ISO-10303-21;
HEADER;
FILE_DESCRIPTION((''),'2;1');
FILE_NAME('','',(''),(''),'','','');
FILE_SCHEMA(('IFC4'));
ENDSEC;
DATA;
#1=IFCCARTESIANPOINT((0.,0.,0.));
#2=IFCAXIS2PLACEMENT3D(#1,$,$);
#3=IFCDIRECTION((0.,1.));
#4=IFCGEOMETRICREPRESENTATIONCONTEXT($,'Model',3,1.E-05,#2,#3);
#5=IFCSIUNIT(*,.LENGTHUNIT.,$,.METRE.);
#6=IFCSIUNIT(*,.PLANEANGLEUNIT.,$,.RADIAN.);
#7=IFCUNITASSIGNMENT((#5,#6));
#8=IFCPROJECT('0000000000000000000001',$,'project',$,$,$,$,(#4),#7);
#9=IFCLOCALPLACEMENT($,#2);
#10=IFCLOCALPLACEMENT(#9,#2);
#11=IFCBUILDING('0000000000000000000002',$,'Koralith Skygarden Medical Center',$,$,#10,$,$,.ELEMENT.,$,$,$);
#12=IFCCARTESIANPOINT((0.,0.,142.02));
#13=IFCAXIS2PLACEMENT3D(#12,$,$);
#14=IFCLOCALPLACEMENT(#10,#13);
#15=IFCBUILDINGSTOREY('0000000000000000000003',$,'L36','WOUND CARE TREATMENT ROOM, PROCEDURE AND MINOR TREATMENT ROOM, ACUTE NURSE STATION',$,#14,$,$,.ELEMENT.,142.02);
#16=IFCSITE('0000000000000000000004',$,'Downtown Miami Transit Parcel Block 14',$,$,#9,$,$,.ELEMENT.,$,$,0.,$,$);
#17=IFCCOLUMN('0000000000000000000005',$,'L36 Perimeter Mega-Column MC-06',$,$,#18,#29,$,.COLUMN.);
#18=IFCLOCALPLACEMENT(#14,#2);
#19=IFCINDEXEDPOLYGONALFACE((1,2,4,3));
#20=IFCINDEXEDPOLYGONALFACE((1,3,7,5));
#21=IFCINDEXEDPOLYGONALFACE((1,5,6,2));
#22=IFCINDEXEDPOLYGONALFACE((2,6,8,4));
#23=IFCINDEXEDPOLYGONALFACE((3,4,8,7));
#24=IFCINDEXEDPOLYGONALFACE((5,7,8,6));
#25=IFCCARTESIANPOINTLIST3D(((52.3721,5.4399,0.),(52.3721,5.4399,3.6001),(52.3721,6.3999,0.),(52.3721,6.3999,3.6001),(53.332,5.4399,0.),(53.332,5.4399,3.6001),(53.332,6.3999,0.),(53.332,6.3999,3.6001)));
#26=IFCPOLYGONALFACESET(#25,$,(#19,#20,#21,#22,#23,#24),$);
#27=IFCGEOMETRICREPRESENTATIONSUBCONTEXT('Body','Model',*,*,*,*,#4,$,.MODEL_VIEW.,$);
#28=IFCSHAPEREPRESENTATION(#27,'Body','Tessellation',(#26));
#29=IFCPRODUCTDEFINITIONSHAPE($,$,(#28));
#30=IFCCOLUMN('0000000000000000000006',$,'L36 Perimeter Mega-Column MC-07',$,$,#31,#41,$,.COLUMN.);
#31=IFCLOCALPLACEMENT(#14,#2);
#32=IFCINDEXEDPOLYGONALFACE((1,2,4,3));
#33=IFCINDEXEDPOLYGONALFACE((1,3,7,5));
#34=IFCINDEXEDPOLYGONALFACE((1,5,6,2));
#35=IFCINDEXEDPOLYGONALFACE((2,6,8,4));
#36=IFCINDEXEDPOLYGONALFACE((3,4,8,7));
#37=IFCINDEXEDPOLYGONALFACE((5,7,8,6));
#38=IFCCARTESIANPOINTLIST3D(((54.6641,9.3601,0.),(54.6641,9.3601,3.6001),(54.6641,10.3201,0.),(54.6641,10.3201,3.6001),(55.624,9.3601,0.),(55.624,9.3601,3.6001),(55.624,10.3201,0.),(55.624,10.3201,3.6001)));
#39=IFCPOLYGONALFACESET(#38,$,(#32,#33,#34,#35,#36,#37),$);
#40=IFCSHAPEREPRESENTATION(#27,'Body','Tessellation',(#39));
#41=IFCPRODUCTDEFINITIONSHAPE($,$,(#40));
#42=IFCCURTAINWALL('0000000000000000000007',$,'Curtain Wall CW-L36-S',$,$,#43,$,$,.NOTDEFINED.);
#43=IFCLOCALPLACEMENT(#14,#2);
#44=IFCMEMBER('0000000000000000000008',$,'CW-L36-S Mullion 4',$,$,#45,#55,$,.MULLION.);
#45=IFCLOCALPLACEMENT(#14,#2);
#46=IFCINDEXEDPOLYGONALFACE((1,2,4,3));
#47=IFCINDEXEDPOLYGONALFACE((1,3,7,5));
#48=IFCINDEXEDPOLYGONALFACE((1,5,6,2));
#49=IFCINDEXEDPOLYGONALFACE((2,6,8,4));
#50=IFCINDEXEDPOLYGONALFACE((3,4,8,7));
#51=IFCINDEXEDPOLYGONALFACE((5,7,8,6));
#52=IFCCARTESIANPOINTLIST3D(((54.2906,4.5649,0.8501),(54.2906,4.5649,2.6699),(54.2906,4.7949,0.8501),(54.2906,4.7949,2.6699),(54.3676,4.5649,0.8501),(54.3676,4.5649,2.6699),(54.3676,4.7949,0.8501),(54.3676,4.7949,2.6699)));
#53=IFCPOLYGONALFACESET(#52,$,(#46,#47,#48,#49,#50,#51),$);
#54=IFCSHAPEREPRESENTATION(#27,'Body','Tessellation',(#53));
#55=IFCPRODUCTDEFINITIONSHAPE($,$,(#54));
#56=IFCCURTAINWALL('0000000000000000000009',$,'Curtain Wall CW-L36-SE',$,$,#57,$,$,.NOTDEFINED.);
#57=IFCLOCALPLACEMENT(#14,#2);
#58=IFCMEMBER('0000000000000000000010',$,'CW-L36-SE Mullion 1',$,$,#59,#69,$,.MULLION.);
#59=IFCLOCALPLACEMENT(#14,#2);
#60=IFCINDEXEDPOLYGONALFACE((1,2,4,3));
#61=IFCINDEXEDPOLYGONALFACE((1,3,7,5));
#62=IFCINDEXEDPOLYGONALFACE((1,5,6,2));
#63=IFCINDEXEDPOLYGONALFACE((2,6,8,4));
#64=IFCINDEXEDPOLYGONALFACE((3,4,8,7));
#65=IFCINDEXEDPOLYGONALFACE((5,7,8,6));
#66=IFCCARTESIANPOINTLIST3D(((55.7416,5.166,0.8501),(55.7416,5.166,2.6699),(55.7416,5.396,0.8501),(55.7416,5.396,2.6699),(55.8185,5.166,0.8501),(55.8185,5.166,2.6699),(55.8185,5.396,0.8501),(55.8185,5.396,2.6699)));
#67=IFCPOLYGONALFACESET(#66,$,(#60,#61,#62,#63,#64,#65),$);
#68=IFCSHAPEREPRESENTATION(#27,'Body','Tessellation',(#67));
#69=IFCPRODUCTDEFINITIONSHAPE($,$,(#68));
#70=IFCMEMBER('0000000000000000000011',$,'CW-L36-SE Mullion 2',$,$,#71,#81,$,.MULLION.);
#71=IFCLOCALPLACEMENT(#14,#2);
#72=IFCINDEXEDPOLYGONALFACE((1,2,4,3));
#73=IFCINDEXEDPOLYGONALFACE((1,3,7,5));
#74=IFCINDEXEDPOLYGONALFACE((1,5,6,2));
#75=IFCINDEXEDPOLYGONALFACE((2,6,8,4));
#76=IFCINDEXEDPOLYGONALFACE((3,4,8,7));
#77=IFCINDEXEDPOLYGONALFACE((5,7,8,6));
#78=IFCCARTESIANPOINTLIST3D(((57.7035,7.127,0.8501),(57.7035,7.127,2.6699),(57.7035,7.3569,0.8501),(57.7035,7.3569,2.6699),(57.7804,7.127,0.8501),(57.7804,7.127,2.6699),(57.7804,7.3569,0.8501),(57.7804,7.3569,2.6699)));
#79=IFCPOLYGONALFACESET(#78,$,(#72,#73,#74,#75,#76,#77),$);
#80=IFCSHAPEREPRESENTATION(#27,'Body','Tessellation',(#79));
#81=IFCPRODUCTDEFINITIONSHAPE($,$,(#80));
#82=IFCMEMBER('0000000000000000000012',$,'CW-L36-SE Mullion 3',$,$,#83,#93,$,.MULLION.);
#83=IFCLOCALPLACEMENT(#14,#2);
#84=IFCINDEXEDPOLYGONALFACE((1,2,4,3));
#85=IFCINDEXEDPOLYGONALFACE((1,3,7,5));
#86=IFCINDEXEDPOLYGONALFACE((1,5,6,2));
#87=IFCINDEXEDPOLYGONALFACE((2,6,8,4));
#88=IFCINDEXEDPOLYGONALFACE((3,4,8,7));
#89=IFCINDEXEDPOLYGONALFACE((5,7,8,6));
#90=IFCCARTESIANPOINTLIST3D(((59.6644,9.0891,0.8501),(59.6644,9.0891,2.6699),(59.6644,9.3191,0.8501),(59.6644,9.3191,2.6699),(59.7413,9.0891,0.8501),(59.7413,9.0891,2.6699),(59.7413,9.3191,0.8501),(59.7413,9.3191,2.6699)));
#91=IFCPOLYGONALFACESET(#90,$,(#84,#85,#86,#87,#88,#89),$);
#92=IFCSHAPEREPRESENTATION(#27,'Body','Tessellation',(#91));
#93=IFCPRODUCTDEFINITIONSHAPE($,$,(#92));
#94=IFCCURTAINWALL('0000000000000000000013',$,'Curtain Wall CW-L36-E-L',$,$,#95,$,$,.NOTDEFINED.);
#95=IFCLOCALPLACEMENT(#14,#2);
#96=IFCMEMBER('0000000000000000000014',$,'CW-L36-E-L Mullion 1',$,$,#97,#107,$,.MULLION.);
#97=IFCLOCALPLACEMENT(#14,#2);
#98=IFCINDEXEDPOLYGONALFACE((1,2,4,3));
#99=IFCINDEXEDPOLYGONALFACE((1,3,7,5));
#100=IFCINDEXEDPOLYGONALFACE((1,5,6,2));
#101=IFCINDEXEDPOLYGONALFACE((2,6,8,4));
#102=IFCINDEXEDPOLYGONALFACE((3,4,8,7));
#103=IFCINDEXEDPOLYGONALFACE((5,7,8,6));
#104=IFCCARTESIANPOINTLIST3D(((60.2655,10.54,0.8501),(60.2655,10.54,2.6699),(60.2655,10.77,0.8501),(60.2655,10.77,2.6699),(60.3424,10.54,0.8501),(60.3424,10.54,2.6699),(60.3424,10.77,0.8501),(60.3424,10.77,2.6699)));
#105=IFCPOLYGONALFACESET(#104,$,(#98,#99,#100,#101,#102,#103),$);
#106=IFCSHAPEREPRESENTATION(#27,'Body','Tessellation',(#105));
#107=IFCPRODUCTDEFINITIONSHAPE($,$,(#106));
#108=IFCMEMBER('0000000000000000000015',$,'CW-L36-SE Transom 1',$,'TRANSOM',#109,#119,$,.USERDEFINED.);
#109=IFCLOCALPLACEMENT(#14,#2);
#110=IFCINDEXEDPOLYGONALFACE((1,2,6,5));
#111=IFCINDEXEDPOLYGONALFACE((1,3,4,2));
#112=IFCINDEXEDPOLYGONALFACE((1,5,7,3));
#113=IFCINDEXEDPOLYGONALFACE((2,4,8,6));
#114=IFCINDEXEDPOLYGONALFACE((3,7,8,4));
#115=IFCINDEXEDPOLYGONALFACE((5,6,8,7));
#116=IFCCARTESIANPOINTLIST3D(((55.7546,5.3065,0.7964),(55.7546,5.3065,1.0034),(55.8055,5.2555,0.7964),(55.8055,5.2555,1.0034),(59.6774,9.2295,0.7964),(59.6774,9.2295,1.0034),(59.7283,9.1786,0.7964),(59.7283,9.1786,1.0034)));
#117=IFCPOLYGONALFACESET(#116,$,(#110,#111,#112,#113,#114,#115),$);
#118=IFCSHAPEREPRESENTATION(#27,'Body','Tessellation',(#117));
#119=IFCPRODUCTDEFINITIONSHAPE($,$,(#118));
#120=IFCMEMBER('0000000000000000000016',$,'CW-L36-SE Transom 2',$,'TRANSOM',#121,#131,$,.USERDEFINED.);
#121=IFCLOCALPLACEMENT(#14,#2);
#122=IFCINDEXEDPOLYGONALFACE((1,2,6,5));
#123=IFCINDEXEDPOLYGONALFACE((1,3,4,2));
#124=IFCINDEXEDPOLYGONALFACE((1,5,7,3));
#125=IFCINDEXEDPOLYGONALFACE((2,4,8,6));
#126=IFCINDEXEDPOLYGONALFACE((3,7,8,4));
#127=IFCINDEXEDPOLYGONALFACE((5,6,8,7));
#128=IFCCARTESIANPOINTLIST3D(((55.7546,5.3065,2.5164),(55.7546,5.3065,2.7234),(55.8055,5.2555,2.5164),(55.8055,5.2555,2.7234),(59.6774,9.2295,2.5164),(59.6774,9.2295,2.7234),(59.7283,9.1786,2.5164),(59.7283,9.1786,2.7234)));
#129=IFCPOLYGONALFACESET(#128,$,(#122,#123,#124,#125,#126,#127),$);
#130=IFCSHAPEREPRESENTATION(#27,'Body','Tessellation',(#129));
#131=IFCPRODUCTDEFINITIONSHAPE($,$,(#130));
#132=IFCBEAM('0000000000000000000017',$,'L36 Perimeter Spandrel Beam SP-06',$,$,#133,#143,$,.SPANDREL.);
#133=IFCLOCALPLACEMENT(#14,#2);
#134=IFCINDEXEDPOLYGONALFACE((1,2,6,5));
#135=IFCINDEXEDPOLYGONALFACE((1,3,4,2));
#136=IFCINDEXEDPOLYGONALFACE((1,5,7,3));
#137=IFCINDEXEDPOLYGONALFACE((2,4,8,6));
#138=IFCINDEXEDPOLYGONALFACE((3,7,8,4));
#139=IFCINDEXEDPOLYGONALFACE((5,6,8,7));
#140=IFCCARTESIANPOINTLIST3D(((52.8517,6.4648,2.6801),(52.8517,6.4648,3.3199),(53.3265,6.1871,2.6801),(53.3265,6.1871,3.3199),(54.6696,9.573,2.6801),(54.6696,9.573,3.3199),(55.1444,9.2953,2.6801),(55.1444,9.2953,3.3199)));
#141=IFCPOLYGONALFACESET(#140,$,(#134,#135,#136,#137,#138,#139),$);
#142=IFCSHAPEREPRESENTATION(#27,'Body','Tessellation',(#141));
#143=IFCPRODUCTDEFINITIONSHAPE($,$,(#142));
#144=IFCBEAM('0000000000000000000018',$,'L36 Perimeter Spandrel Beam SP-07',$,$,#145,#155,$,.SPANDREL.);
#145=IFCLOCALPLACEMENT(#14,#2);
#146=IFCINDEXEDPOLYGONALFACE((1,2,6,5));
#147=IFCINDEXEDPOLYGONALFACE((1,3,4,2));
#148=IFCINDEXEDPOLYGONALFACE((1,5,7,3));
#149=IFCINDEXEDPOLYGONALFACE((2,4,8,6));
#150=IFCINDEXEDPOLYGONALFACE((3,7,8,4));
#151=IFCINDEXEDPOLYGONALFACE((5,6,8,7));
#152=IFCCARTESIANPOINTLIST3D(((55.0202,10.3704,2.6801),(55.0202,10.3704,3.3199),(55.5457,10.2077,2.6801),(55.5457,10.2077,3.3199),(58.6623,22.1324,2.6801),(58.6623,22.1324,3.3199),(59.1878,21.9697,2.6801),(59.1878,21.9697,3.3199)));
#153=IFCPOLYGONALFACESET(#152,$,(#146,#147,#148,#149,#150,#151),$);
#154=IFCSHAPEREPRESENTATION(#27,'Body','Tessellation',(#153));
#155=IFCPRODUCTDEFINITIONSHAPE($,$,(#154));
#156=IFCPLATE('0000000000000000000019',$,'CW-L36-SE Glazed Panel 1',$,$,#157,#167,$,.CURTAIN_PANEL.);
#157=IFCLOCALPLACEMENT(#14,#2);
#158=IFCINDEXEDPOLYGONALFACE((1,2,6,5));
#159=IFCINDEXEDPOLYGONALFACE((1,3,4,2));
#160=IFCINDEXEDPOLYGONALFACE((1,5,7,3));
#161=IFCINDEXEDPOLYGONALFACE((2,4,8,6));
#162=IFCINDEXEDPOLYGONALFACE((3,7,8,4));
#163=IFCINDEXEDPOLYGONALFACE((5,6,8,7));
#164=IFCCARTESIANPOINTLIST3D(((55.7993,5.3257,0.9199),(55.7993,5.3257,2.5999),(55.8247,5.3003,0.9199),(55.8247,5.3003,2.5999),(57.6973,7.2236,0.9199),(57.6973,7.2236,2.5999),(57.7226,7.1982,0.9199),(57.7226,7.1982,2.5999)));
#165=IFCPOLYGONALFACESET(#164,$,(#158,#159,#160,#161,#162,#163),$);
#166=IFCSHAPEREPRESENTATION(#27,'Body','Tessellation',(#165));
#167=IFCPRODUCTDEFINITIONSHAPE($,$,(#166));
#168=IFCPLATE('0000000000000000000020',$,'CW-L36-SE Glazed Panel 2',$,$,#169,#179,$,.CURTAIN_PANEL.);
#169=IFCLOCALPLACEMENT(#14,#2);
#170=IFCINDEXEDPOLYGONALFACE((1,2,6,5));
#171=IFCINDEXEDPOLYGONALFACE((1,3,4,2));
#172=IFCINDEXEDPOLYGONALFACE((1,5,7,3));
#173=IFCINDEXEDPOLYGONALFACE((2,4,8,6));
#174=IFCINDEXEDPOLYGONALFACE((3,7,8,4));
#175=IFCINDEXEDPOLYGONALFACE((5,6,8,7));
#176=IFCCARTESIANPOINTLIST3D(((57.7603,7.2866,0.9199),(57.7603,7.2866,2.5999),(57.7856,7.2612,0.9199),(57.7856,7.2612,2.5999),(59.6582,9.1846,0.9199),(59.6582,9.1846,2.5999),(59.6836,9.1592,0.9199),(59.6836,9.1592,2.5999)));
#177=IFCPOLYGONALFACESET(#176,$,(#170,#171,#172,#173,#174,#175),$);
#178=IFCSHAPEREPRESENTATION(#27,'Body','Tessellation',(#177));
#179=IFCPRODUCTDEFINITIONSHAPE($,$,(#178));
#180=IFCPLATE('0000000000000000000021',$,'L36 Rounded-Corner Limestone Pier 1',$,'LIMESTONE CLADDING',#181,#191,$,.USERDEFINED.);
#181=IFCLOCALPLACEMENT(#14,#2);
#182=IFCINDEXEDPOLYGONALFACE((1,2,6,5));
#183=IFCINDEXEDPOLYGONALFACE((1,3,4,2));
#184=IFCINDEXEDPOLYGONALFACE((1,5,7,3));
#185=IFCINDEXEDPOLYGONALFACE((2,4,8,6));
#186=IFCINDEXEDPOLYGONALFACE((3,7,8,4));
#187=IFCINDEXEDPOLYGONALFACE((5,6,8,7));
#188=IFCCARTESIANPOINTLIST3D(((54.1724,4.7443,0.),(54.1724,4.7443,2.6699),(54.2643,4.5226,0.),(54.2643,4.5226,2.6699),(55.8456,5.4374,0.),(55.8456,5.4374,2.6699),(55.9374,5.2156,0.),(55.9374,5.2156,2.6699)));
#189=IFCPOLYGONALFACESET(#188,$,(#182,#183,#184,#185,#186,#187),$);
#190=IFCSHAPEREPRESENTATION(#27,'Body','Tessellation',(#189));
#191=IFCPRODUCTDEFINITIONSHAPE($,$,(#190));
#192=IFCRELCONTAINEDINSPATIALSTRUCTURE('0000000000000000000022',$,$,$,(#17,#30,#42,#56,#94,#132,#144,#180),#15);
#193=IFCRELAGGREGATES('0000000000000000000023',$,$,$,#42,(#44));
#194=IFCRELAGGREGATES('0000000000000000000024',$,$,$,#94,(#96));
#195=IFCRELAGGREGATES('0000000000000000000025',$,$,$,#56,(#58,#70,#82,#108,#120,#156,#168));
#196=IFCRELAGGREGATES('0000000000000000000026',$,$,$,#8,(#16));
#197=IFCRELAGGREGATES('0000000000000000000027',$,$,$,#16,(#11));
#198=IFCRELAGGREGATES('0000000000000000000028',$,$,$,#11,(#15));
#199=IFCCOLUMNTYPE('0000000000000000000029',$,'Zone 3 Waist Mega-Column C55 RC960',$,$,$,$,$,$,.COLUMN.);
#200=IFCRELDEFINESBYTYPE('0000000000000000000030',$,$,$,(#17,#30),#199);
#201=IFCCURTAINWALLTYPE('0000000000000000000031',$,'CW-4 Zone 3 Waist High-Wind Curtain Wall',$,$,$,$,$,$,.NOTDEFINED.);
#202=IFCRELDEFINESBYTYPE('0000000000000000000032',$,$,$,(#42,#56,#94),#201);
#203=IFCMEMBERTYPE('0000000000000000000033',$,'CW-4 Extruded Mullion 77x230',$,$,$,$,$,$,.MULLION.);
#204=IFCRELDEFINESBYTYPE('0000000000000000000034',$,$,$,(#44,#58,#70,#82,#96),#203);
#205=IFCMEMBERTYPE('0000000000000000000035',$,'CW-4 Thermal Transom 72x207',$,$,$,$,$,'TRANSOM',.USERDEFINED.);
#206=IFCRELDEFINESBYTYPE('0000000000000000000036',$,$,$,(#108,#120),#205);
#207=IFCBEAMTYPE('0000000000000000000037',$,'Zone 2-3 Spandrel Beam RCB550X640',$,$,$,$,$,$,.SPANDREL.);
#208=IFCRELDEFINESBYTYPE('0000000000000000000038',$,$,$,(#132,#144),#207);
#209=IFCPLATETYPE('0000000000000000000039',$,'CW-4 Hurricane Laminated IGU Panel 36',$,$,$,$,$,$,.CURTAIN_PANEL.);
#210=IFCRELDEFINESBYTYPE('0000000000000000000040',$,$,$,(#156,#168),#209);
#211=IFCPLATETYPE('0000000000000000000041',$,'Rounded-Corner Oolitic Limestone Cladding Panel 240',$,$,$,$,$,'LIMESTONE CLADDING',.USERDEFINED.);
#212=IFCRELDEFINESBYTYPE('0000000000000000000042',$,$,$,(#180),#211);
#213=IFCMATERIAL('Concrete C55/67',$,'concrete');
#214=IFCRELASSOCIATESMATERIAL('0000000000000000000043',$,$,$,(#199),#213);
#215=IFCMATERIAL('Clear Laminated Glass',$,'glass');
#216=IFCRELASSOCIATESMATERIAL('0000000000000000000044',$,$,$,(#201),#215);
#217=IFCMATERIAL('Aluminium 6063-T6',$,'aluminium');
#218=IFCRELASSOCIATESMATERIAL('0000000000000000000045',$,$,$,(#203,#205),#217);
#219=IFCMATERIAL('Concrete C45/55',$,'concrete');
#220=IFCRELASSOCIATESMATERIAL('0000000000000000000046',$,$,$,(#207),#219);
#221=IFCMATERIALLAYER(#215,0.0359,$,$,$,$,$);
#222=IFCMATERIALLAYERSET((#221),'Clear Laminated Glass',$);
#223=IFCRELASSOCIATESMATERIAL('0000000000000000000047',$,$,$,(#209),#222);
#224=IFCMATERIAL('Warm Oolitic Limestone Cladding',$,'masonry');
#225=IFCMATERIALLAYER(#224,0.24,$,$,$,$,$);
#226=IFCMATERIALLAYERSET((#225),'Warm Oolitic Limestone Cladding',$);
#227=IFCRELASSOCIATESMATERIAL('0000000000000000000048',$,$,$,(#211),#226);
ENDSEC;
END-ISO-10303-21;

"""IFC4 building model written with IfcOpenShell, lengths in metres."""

from ifc_helpers import new_model, si_unit, direction, frame, origin, origin_2d, place, context, subcontext, project, spatial, rectangle, extrude, material, layer, layer_set, material_profile, profile_set, type_object, element, aggregate, save


model = new_model("IFC4")

# Units and contexts
model_context = context("Model", 3, precision=1e-05, world=origin(), true_north=direction((0.0, 1.0)))
body_context = subcontext(model_context, "Body", "Model", "MODEL_VIEW")
ifc_project = project(units=[si_unit("LENGTHUNIT", "METRE"), si_unit("PLANEANGLEUNIT", "RADIAN")], contexts=[model_context])

# Site, building, storey
site_placement = place(None, origin())
site = spatial("IfcSite", under=ifc_project, at=site_placement, Name="Downtown Miami Transit Parcel Block 14", CompositionType="ELEMENT", RefElevation=0.0)
building_placement = place(site_placement, origin())
building = spatial("IfcBuilding", under=site, at=building_placement, Name="Koralith Skygarden Medical Center", CompositionType="ELEMENT")
storey_placement = place(building_placement, frame((0.0, 0.0, 142.02)))
storey = spatial("IfcBuildingStorey", under=building, at=storey_placement, Name="L36", Description="WOUND CARE TREATMENT ROOM, PROCEDURE AND MINOR TREATMENT ROOM, ACUTE NURSE STATION", CompositionType="ELEMENT", Elevation=142.02)

# Columns
ifc_material_1 = material(Name="Concrete C55/67", Category="concrete")
ifc_material_profile_1 = material_profile(ifc_material_1, rectangle(XDim=0.96, YDim=0.96, at=origin_2d()), Name="RC960X960")
ifc_profile_set_1 = profile_set([ifc_material_profile_1], Name="Concrete C55/67")
column_type = type_object("IfcColumnType", Name="Zone 3 Waist Mega-Column C55 RC960", PredefinedType="COLUMN", material=ifc_profile_set_1)
for number, where, z_axis, x_axis, name in (
    (1, (52.8521, 5.9199, 0.0), (0.0, 0.0, 1.0), (1.0, 0.0, 0.0), "L36 Perimeter Mega-Column MC-06"),
    (2, (55.144, 9.8401, 0.0), (0.0, 0.0, 1.0), (1.0, 0.0, 0.0), "L36 Perimeter Mega-Column MC-07"),
):
    element("IfcColumn", number, at=place(storey_placement, frame(where, z_axis=z_axis, x_axis=x_axis)), inside=storey, type_object=column_type, Name=name, PredefinedType="COLUMN", context=body_context, shape_type="SweptSolid", body=[
        extrude(rectangle(XDim=0.96, YDim=0.96, at=origin_2d()), origin(), (0.0, 0.0, 1.0), 3.6001),
    ])

# Curtain wall, member
ifc_material_2 = material(Name="Clear Laminated Glass", Category="glass")
curtain_wall_type = type_object("IfcCurtainWallType", Name="CW-4 Zone 3 Waist High-Wind Curtain Wall", PredefinedType="NOTDEFINED", material=ifc_material_2)
curtain_wall_1_placement = place(storey_placement, origin())
curtain_wall_1 = element("IfcCurtainWall", 3, at=curtain_wall_1_placement, inside=storey, type_object=curtain_wall_type, Name="Curtain Wall CW-L36-S", PredefinedType="NOTDEFINED")
ifc_material_3 = material(Name="Aluminium 6063-T6", Category="aluminium")
ifc_material_profile_2 = material_profile(ifc_material_3, rectangle(XDim=0.0769, YDim=0.23, at=origin_2d()), Name="MUL77X230")
ifc_profile_set_2 = profile_set([ifc_material_profile_2], Name="Aluminium 6063-T6")
member_type_1 = type_object("IfcMemberType", Name="CW-4 Extruded Mullion 77x230", PredefinedType="MULLION", material=ifc_profile_set_2)
member_1_placement = place(storey_placement, frame((54.3291, 4.6799, 0.8501), z_axis=(0.0, 0.0, 1.0), x_axis=(1.0, 0.0, 0.0)))
member_1 = element("IfcMember", 4, at=member_1_placement, type_object=member_type_1, Name="CW-L36-S Mullion 4", PredefinedType="MULLION", context=body_context, shape_type="SweptSolid", body=[
    extrude(rectangle(XDim=0.0769, YDim=0.23, at=origin_2d()), origin(), (0.0, 0.0, 1.0), 1.8198),
])
aggregate(curtain_wall_1, [member_1])

# Curtain wall, members
curtain_wall_2_placement = place(storey_placement, origin())
curtain_wall_2 = element("IfcCurtainWall", 5, at=curtain_wall_2_placement, inside=storey, type_object=curtain_wall_type, Name="Curtain Wall CW-L36-SE", PredefinedType="NOTDEFINED")
member_2_placement = place(storey_placement, frame((55.78, 5.281, 0.8501), z_axis=(0.0, 0.0, 1.0), x_axis=(1.0, 0.0, 0.0)))
member_2 = element("IfcMember", 6, at=member_2_placement, type_object=member_type_1, Name="CW-L36-SE Mullion 1", PredefinedType="MULLION", context=body_context, shape_type="SweptSolid", body=[
    extrude(rectangle(XDim=0.0769, YDim=0.23, at=origin_2d()), origin(), (0.0, 0.0, 1.0), 1.8198),
])
member_3_placement = place(storey_placement, frame((57.7419, 7.2419, 0.8501), z_axis=(0.0, 0.0, 1.0), x_axis=(1.0, 0.0, 0.0)))
member_3 = element("IfcMember", 7, at=member_3_placement, type_object=member_type_1, Name="CW-L36-SE Mullion 2", PredefinedType="MULLION", context=body_context, shape_type="SweptSolid", body=[
    extrude(rectangle(XDim=0.0769, YDim=0.23, at=origin_2d()), origin(), (0.0, 0.0, 1.0), 1.8198),
])
member_4_placement = place(storey_placement, frame((59.7029, 9.2041, 0.8501), z_axis=(0.0, 0.0, 1.0), x_axis=(1.0, 0.0, 0.0)))
member_4 = element("IfcMember", 8, at=member_4_placement, type_object=member_type_1, Name="CW-L36-SE Mullion 3", PredefinedType="MULLION", context=body_context, shape_type="SweptSolid", body=[
    extrude(rectangle(XDim=0.0769, YDim=0.23, at=origin_2d()), origin(), (0.0, 0.0, 1.0), 1.8198),
])

# Curtain wall, member
curtain_wall_3_placement = place(storey_placement, origin())
curtain_wall_3 = element("IfcCurtainWall", 9, at=curtain_wall_3_placement, inside=storey, type_object=curtain_wall_type, Name="Curtain Wall CW-L36-E-L", PredefinedType="NOTDEFINED")
member_5_placement = place(storey_placement, frame((60.304, 10.655, 0.8501), z_axis=(0.0, 0.0, 1.0), x_axis=(1.0, 0.0, 0.0)))
member_5 = element("IfcMember", 10, at=member_5_placement, type_object=member_type_1, Name="CW-L36-E-L Mullion 1", PredefinedType="MULLION", context=body_context, shape_type="SweptSolid", body=[
    extrude(rectangle(XDim=0.0769, YDim=0.23, at=origin_2d()), origin(), (0.0, 0.0, 1.0), 1.8198),
])
aggregate(curtain_wall_3, [member_5])

# Members
ifc_material_profile_3 = material_profile(ifc_material_3, rectangle(XDim=0.072, YDim=0.207, at=origin_2d()), Name="TRN72X207")
ifc_profile_set_3 = profile_set([ifc_material_profile_3], Name="Aluminium 6063-T6")
member_type_2 = type_object("IfcMemberType", Name="CW-4 Thermal Transom 72x207", ElementType="TRANSOM", PredefinedType="USERDEFINED", material=ifc_profile_set_3)
member_6_placement = place(storey_placement, frame((55.78, 5.281, 0.8999), z_axis=(0.707085, 0.707129, 0.0), x_axis=(-0.707129, 0.707085, 0.0)))
member_6 = element("IfcMember", 11, at=member_6_placement, type_object=member_type_2, Name="CW-L36-SE Transom 1", ObjectType="TRANSOM", PredefinedType="USERDEFINED", context=body_context, shape_type="SweptSolid", body=[
    extrude(rectangle(XDim=0.072, YDim=0.207, at=origin_2d()), origin(), (0.0, 0.0, 1.0), 5.5479),
])
member_7_placement = place(storey_placement, frame((55.78, 5.281, 2.6199), z_axis=(0.707085, 0.707129, 0.0), x_axis=(-0.707129, 0.707085, 0.0)))
member_7 = element("IfcMember", 12, at=member_7_placement, type_object=member_type_2, Name="CW-L36-SE Transom 2", ObjectType="TRANSOM", PredefinedType="USERDEFINED", context=body_context, shape_type="SweptSolid", body=[
    extrude(rectangle(XDim=0.072, YDim=0.207, at=origin_2d()), origin(), (0.0, 0.0, 1.0), 5.5479),
])

# Beams
ifc_material_4 = material(Name="Concrete C45/55", Category="concrete")
ifc_material_profile_4 = material_profile(ifc_material_4, rectangle(XDim=0.55, YDim=0.6399, at=origin_2d()), Name="RCB550X640")
ifc_profile_set_4 = profile_set([ifc_material_profile_4], Name="Concrete C45/55")
beam_type = type_object("IfcBeamType", Name="Zone 2-3 Spandrel Beam RCB550X640", PredefinedType="SPANDREL", material=ifc_profile_set_4)
beam_1_placement = place(storey_placement, frame((53.0891, 6.3259, 3.0), z_axis=(0.504861, 0.8632, 0.0), x_axis=(-0.8632, 0.504861, 0.0)))
element("IfcBeam", 13, at=beam_1_placement, inside=storey, type_object=beam_type, Name="L36 Perimeter Spandrel Beam SP-06", PredefinedType="SPANDREL", context=body_context, shape_type="SweptSolid", body=[
    extrude(rectangle(XDim=0.55, YDim=0.6399, at=origin_2d()), origin(), (0.0, 0.0, 1.0), 3.6008),
])
beam_2_placement = place(storey_placement, frame((55.283, 10.2891, 3.0), z_axis=(0.295794, 0.955252, 0.0), x_axis=(-0.955252, 0.295794, 0.0)))
element("IfcBeam", 14, at=beam_2_placement, inside=storey, type_object=beam_type, Name="L36 Perimeter Spandrel Beam SP-07", PredefinedType="SPANDREL", context=body_context, shape_type="SweptSolid", body=[
    extrude(rectangle(XDim=0.55, YDim=0.6399, at=origin_2d()), origin(), (0.0, 0.0, 1.0), 12.313),
])

# Plates
ifc_layer_1 = layer(ifc_material_2, 0.0359)
ifc_layer_set_1 = layer_set([ifc_layer_1], Name="Clear Laminated Glass")
plate_type_1 = type_object("IfcPlateType", Name="CW-4 Hurricane Laminated IGU Panel 36", PredefinedType="CURTAIN_PANEL", material=ifc_layer_set_1)
plate_1_placement = place(storey_placement, frame((56.761, 6.262, 0.9199), z_axis=(0.0, 0.0, 1.0), x_axis=(0.707107, 0.707107, 0.0)))
plate_1 = element("IfcPlate", 15, at=plate_1_placement, type_object=plate_type_1, Name="CW-L36-SE Glazed Panel 1", PredefinedType="CURTAIN_PANEL", context=body_context, shape_type="SweptSolid", body=[
    extrude(rectangle(XDim=2.6841, YDim=0.0359, at=origin_2d()), origin(), (0.0, 0.0, 1.0), 1.6799),
])
plate_2_placement = place(storey_placement, frame((58.7219, 8.2229, 0.9199), z_axis=(0.0, 0.0, 1.0), x_axis=(0.707107, 0.707107, 0.0)))
plate_2 = element("IfcPlate", 16, at=plate_2_placement, type_object=plate_type_1, Name="CW-L36-SE Glazed Panel 2", PredefinedType="CURTAIN_PANEL", context=body_context, shape_type="SweptSolid", body=[
    extrude(rectangle(XDim=2.6841, YDim=0.0359, at=origin_2d()), origin(), (0.0, 0.0, 1.0), 1.6799),
])
aggregate(curtain_wall_2, [member_2, member_3, member_4, member_6, member_7, plate_1, plate_2])

# Plate
ifc_material_5 = material(Name="Warm Oolitic Limestone Cladding", Category="masonry")
ifc_layer_2 = layer(ifc_material_5, 0.24)
ifc_layer_set_2 = layer_set([ifc_layer_2], Name="Warm Oolitic Limestone Cladding")
plate_type_2 = type_object("IfcPlateType", Name="Rounded-Corner Oolitic Limestone Cladding Panel 240", ElementType="LIMESTONE CLADDING", PredefinedType="USERDEFINED", material=ifc_layer_set_2)
for number, where, z_axis, x_axis, name in (
    (17, (55.0549, 4.98, 0.0), (0.0, 0.0, 1.0), (0.923885, 0.382671, 0.0), "L36 Rounded-Corner Limestone Pier 1"),
):
    element("IfcPlate", number, at=place(storey_placement, frame(where, z_axis=z_axis, x_axis=x_axis)), inside=storey, type_object=plate_type_2, Name=name, ObjectType="LIMESTONE CLADDING", PredefinedType="USERDEFINED", context=body_context, shape_type="SweptSolid", body=[
        extrude(rectangle(XDim=1.811, YDim=0.24, at=origin_2d()), origin(), (0.0, 0.0, 1.0), 2.6699),
    ])

save(model, "model.ifc")
